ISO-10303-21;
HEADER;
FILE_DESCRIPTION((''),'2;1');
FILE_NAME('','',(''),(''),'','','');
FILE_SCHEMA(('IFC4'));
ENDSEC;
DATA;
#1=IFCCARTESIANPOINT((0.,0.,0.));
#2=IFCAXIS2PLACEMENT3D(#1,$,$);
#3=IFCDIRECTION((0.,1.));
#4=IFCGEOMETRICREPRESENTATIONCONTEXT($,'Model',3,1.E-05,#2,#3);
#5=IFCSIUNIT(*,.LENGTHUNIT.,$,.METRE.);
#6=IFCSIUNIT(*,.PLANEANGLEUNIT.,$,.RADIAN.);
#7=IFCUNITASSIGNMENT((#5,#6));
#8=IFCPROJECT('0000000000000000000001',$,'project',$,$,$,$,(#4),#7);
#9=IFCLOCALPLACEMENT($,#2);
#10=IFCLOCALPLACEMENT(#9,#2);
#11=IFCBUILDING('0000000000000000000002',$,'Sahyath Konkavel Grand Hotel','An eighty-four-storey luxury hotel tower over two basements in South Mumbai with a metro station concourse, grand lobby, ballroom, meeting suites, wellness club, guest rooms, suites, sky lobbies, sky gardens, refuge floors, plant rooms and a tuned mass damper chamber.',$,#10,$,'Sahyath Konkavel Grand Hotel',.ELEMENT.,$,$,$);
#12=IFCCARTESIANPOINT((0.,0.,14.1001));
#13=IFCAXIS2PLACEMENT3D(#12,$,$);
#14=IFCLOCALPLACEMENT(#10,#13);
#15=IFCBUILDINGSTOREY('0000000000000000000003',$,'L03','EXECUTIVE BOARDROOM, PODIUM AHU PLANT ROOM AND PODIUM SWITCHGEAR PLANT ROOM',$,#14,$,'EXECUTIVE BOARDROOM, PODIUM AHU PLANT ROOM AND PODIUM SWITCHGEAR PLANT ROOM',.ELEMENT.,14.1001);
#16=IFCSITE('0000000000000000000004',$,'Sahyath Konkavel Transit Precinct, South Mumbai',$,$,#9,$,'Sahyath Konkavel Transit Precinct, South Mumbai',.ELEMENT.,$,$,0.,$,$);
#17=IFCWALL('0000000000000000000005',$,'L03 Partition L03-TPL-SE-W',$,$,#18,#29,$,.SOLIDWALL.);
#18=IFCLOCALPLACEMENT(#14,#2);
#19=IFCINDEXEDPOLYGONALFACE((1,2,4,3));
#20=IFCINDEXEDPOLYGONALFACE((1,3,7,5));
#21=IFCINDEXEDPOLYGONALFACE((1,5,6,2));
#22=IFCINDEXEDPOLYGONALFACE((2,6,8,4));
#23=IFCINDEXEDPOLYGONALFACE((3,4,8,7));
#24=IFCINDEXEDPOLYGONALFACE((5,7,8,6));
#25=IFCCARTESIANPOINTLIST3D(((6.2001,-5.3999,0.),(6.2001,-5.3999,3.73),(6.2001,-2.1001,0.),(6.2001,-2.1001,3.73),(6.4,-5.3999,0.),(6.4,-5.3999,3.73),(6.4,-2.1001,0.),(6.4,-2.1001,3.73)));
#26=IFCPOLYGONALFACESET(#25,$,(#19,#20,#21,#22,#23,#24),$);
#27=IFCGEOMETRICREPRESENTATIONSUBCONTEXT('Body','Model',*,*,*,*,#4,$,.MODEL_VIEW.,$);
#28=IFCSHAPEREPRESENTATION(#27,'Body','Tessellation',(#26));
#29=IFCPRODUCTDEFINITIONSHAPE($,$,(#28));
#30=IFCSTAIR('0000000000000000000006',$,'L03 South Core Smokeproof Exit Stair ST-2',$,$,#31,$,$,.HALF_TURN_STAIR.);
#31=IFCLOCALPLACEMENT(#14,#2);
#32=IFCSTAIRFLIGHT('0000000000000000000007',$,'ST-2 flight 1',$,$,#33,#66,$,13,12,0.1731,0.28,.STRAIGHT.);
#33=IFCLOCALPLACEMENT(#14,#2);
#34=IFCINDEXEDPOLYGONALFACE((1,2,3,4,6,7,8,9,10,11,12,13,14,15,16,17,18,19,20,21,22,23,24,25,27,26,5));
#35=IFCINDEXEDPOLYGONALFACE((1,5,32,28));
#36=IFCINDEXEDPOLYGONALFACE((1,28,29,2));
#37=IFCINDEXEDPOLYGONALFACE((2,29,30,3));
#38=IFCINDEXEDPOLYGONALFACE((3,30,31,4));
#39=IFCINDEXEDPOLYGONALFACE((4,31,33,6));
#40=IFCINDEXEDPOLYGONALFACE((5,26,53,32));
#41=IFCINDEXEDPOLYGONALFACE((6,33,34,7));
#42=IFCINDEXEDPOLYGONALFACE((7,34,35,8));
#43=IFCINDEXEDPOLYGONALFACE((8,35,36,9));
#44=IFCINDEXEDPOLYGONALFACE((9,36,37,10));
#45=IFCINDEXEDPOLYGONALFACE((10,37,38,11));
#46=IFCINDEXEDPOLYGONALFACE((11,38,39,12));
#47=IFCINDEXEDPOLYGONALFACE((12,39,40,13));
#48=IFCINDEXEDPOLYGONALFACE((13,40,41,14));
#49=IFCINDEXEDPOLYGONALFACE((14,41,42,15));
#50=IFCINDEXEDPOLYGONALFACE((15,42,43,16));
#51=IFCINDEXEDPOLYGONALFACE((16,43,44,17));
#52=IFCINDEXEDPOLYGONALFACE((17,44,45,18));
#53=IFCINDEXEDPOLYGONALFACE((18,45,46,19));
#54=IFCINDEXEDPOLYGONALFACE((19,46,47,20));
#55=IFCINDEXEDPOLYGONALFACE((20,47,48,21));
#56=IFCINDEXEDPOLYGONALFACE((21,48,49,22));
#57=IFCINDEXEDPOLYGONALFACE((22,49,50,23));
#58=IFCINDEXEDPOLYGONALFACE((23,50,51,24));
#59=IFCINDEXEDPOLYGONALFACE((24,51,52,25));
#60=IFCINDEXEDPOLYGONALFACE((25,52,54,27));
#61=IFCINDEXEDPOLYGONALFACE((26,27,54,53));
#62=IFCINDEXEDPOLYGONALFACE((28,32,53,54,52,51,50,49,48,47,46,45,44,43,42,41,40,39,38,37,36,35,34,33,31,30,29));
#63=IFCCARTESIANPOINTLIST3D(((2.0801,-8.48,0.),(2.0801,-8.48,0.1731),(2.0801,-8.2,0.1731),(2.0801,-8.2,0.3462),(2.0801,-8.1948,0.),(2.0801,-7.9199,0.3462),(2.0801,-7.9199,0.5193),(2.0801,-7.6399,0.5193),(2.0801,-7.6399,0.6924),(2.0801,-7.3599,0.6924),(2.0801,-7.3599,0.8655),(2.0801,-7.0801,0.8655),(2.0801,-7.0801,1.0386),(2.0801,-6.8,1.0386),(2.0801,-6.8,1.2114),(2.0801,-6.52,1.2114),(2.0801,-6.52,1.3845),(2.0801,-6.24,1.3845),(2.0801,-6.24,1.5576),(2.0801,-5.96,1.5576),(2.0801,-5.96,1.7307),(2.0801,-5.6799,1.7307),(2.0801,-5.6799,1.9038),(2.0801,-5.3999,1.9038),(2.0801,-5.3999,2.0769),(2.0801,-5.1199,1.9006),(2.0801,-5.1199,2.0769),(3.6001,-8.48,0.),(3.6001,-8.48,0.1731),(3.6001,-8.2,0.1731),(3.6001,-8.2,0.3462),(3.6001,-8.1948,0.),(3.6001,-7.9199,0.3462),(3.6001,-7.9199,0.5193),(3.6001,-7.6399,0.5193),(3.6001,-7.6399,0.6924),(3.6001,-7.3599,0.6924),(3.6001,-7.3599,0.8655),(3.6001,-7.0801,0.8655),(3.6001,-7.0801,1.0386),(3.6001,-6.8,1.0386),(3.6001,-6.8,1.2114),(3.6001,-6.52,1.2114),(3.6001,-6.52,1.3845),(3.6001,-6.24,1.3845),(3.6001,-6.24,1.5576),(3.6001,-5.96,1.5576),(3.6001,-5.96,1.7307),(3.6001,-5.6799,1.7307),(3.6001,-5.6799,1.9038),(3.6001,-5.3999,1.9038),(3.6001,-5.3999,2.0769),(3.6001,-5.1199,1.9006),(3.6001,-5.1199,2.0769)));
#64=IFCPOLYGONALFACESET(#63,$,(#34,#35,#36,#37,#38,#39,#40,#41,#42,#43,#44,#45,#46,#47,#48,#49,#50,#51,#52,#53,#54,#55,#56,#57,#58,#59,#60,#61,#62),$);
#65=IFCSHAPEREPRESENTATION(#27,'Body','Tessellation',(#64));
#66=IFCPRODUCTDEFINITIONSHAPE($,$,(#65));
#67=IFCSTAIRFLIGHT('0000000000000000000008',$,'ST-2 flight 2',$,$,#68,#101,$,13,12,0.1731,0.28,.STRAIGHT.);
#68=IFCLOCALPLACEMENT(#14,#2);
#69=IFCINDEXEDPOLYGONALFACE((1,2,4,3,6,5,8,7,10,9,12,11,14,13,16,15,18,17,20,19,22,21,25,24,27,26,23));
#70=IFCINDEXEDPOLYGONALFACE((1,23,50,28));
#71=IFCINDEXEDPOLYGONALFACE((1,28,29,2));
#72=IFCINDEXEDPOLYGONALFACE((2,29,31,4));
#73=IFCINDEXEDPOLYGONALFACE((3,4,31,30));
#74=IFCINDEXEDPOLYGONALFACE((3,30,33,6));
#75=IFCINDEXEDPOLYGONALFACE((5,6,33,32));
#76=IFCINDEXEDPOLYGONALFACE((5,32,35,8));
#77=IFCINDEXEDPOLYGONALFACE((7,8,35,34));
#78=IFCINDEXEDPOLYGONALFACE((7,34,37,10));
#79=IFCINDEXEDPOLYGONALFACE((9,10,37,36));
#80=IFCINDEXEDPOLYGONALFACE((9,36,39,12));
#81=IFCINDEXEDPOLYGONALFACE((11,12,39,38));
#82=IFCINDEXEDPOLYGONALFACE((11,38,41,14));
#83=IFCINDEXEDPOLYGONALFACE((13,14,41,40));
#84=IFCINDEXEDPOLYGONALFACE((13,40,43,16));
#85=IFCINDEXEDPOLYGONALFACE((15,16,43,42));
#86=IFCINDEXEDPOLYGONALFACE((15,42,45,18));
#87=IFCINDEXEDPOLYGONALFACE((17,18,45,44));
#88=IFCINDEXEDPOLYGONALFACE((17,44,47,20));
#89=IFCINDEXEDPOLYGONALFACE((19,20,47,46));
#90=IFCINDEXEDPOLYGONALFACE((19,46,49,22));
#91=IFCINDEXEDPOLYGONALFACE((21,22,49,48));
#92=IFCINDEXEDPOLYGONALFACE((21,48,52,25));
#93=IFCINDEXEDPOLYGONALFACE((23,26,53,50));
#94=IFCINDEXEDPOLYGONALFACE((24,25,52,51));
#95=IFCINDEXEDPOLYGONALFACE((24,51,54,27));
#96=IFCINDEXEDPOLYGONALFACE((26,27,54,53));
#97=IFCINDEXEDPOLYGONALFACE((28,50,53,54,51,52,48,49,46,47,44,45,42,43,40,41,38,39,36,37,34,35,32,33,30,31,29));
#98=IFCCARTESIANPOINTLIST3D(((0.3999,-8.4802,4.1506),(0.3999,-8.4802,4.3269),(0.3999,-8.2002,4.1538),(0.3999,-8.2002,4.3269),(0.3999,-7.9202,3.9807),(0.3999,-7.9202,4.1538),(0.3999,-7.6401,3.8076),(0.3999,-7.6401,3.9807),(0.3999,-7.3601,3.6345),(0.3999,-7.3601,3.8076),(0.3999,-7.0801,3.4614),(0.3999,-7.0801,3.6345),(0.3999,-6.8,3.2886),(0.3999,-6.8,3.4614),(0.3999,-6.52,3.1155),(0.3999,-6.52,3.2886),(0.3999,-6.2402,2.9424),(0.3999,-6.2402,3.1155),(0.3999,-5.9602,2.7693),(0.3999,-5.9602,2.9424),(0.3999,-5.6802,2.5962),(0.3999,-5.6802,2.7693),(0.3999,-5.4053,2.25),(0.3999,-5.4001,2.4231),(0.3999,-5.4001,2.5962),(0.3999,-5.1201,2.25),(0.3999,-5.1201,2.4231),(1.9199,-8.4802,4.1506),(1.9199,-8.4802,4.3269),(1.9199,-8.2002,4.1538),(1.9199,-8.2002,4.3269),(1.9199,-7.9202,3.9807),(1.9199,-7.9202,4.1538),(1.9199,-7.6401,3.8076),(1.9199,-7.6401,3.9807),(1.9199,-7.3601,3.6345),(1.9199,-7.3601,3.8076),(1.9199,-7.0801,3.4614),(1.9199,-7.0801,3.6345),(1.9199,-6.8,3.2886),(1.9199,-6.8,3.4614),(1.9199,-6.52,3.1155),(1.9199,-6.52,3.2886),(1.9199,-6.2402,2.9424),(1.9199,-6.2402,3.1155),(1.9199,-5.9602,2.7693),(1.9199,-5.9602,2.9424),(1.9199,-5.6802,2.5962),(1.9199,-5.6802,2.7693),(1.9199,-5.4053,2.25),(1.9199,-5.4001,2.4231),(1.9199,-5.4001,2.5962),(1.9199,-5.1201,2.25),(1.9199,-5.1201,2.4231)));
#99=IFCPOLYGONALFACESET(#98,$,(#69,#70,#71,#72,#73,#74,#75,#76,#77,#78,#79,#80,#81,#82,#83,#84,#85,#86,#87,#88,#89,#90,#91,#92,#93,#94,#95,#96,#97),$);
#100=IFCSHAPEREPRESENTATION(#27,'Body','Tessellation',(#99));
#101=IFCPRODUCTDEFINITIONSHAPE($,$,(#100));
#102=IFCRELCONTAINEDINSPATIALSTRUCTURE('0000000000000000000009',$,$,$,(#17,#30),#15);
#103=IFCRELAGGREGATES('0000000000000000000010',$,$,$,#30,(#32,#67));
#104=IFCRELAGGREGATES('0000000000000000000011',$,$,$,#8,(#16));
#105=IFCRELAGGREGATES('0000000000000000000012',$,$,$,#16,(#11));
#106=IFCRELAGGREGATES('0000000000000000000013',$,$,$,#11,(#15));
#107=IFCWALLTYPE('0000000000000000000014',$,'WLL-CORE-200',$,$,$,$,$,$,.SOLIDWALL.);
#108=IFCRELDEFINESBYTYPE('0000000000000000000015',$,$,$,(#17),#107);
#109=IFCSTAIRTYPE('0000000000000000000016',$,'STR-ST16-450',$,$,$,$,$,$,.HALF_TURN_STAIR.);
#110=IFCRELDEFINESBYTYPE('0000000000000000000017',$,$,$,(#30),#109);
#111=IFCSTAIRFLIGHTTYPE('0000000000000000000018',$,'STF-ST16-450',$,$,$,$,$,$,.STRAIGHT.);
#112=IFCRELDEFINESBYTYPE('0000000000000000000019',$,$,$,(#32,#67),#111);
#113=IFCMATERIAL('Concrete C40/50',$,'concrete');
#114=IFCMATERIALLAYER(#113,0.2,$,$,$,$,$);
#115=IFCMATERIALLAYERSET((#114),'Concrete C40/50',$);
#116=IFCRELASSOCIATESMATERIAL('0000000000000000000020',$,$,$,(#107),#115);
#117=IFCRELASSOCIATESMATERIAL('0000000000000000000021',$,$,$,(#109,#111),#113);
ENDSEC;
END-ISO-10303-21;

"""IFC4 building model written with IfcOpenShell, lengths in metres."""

from ifc_helpers import new_model, si_unit, direction, frame, frame_2d, origin, place, context, subcontext, project, spatial, polyline, rectangle, outline, extrude, material, layer, layer_set, type_object, element, aggregate, save


model = new_model("IFC4")

# Units and contexts
model_context = context("Model", 3, precision=1e-05, world=origin(), true_north=direction((0.0, 1.0)))
body_context = subcontext(model_context, "Body", "Model", "MODEL_VIEW")
ifc_project = project(units=[si_unit("LENGTHUNIT", "METRE"), si_unit("PLANEANGLEUNIT", "RADIAN")], contexts=[model_context])

# Site, building, storey
site_placement = place(None, origin())
site = spatial("IfcSite", under=ifc_project, at=site_placement, Name="Sahyath Konkavel Transit Precinct, South Mumbai", LongName="Sahyath Konkavel Transit Precinct, South Mumbai", CompositionType="ELEMENT", RefElevation=0.0)
building_placement = place(site_placement, origin())
building = spatial("IfcBuilding", under=site, at=building_placement, Name="Sahyath Konkavel Grand Hotel", Description="An eighty-four-storey luxury hotel tower over two basements in South Mumbai with a metro station concourse, grand lobby, ballroom, meeting suites, wellness club, guest rooms, suites, sky lobbies, sky gardens, refuge floors, plant rooms and a tuned mass damper chamber.", LongName="Sahyath Konkavel Grand Hotel", CompositionType="ELEMENT")
storey_placement = place(building_placement, frame((0.0, 0.0, 14.1001)))
storey = spatial("IfcBuildingStorey", under=building, at=storey_placement, Name="L03", Description="EXECUTIVE BOARDROOM, PODIUM AHU PLANT ROOM AND PODIUM SWITCHGEAR PLANT ROOM", LongName="EXECUTIVE BOARDROOM, PODIUM AHU PLANT ROOM AND PODIUM SWITCHGEAR PLANT ROOM", CompositionType="ELEMENT", Elevation=14.1001)

# Wall
ifc_material_1 = material(Name="Concrete C40/50", Category="concrete")
ifc_layer = layer(ifc_material_1, 0.2)
ifc_layer_set = layer_set([ifc_layer], Name="Concrete C40/50")
wall_type = type_object("IfcWallType", Name="WLL-CORE-200", PredefinedType="SOLIDWALL", material=ifc_layer_set)
wall_1_placement = place(storey_placement, frame((6.3, -5.3999, 0.0), z_axis=(0.0, 0.0, 1.0), x_axis=(0.0, 1.0, 0.0)))
element("IfcWall", 1, at=wall_1_placement, inside=storey, type_object=wall_type, Name="L03 Partition L03-TPL-SE-W", PredefinedType="SOLIDWALL", context=body_context, shape_type="SweptSolid", body=[
    extrude(rectangle(XDim=3.2998, YDim=0.2, at=frame_2d((1.6499, 0.0))), origin(), (0.0, 0.0, 1.0), 3.73),
])

# Stair, stair flights
stair_type = type_object("IfcStairType", Name="STR-ST16-450", PredefinedType="HALF_TURN_STAIR", material=ifc_material_1)
stair_placement = place(storey_placement, origin())
stair = element("IfcStair", 2, at=stair_placement, inside=storey, type_object=stair_type, Name="L03 South Core Smokeproof Exit Stair ST-2", PredefinedType="HALF_TURN_STAIR")
stair_flight_type = type_object("IfcStairFlightType", Name="STF-ST16-450", PredefinedType="STRAIGHT", material=ifc_material_1)
stair_flight_1_placement = place(storey_placement, frame((2.8401, -8.48, 0.0), z_axis=(0.0, 0.0, 1.0), x_axis=(0.0, 1.0, 0.0)))
stair_flight_1 = element("IfcStairFlight", 3, at=stair_flight_1_placement, type_object=stair_flight_type, Name="ST-2 flight 1", NumberOfRisers=13, NumberOfTreads=12, PredefinedType="STRAIGHT", RiserHeight=0.1731, TreadLength=0.28, context=body_context, shape_type="SweptSolid", body=[
    extrude(outline(polyline([(0.0, 0.0), (0.0, 0.1731), (0.28, 0.1731), (0.28, 0.3462), (0.5601, 0.3462), (0.5601, 0.5193), (0.8401, 0.5193), (0.8401, 0.6924), (1.1201, 0.6924), (1.1201, 0.8655), (1.3999, 0.8655), (1.3999, 1.0386), (1.6799, 1.0386), (1.6799, 1.2114), (1.96, 1.2114), (1.96, 1.3845), (2.24, 1.3845), (2.24, 1.5576), (2.52, 1.5576), (2.52, 1.7307), (2.8, 1.7307), (2.8, 1.9038), (3.0801, 1.9038), (3.0801, 2.0769), (3.3601, 2.0769), (3.3601, 2.25), (3.3601, 1.9006), (0.2852, 0.0), (0.0, 0.0)])), frame((0.0, 0.76, 0.0), z_axis=(0.0, -1.0, 0.0), x_axis=(1.0, 0.0, 0.0)), (0.0, 0.0, 1.0), 1.52),
])
stair_flight_2_placement = place(storey_placement, frame((1.1599, -5.1201, 2.25), z_axis=(0.0, 0.0, 1.0), x_axis=(0.0, -1.0, 0.0)))
stair_flight_2 = element("IfcStairFlight", 4, at=stair_flight_2_placement, type_object=stair_flight_type, Name="ST-2 flight 2", NumberOfRisers=13, NumberOfTreads=12, PredefinedType="STRAIGHT", RiserHeight=0.1731, TreadLength=0.28, context=body_context, shape_type="SweptSolid", body=[
    extrude(outline(polyline([(0.0, 0.0), (0.0, 0.1731), (0.28, 0.1731), (0.28, 0.3462), (0.5601, 0.3462), (0.5601, 0.5193), (0.8401, 0.5193), (0.8401, 0.6924), (1.1201, 0.6924), (1.1201, 0.8655), (1.3999, 0.8655), (1.3999, 1.0386), (1.6799, 1.0386), (1.6799, 1.2114), (1.96, 1.2114), (1.96, 1.3845), (2.24, 1.3845), (2.24, 1.5576), (2.52, 1.5576), (2.52, 1.7307), (2.8, 1.7307), (2.8, 1.9038), (3.0801, 1.9038), (3.0801, 2.0769), (3.3601, 2.0769), (3.3601, 2.25), (3.3601, 1.9006), (0.2852, 0.0), (0.0, 0.0)])), frame((0.0, 0.76, 0.0), z_axis=(0.0, -1.0, 0.0), x_axis=(1.0, 0.0, 0.0)), (0.0, 0.0, 1.0), 1.52),
])
aggregate(stair, [stair_flight_1, stair_flight_2])

save(model, "model.ifc")
